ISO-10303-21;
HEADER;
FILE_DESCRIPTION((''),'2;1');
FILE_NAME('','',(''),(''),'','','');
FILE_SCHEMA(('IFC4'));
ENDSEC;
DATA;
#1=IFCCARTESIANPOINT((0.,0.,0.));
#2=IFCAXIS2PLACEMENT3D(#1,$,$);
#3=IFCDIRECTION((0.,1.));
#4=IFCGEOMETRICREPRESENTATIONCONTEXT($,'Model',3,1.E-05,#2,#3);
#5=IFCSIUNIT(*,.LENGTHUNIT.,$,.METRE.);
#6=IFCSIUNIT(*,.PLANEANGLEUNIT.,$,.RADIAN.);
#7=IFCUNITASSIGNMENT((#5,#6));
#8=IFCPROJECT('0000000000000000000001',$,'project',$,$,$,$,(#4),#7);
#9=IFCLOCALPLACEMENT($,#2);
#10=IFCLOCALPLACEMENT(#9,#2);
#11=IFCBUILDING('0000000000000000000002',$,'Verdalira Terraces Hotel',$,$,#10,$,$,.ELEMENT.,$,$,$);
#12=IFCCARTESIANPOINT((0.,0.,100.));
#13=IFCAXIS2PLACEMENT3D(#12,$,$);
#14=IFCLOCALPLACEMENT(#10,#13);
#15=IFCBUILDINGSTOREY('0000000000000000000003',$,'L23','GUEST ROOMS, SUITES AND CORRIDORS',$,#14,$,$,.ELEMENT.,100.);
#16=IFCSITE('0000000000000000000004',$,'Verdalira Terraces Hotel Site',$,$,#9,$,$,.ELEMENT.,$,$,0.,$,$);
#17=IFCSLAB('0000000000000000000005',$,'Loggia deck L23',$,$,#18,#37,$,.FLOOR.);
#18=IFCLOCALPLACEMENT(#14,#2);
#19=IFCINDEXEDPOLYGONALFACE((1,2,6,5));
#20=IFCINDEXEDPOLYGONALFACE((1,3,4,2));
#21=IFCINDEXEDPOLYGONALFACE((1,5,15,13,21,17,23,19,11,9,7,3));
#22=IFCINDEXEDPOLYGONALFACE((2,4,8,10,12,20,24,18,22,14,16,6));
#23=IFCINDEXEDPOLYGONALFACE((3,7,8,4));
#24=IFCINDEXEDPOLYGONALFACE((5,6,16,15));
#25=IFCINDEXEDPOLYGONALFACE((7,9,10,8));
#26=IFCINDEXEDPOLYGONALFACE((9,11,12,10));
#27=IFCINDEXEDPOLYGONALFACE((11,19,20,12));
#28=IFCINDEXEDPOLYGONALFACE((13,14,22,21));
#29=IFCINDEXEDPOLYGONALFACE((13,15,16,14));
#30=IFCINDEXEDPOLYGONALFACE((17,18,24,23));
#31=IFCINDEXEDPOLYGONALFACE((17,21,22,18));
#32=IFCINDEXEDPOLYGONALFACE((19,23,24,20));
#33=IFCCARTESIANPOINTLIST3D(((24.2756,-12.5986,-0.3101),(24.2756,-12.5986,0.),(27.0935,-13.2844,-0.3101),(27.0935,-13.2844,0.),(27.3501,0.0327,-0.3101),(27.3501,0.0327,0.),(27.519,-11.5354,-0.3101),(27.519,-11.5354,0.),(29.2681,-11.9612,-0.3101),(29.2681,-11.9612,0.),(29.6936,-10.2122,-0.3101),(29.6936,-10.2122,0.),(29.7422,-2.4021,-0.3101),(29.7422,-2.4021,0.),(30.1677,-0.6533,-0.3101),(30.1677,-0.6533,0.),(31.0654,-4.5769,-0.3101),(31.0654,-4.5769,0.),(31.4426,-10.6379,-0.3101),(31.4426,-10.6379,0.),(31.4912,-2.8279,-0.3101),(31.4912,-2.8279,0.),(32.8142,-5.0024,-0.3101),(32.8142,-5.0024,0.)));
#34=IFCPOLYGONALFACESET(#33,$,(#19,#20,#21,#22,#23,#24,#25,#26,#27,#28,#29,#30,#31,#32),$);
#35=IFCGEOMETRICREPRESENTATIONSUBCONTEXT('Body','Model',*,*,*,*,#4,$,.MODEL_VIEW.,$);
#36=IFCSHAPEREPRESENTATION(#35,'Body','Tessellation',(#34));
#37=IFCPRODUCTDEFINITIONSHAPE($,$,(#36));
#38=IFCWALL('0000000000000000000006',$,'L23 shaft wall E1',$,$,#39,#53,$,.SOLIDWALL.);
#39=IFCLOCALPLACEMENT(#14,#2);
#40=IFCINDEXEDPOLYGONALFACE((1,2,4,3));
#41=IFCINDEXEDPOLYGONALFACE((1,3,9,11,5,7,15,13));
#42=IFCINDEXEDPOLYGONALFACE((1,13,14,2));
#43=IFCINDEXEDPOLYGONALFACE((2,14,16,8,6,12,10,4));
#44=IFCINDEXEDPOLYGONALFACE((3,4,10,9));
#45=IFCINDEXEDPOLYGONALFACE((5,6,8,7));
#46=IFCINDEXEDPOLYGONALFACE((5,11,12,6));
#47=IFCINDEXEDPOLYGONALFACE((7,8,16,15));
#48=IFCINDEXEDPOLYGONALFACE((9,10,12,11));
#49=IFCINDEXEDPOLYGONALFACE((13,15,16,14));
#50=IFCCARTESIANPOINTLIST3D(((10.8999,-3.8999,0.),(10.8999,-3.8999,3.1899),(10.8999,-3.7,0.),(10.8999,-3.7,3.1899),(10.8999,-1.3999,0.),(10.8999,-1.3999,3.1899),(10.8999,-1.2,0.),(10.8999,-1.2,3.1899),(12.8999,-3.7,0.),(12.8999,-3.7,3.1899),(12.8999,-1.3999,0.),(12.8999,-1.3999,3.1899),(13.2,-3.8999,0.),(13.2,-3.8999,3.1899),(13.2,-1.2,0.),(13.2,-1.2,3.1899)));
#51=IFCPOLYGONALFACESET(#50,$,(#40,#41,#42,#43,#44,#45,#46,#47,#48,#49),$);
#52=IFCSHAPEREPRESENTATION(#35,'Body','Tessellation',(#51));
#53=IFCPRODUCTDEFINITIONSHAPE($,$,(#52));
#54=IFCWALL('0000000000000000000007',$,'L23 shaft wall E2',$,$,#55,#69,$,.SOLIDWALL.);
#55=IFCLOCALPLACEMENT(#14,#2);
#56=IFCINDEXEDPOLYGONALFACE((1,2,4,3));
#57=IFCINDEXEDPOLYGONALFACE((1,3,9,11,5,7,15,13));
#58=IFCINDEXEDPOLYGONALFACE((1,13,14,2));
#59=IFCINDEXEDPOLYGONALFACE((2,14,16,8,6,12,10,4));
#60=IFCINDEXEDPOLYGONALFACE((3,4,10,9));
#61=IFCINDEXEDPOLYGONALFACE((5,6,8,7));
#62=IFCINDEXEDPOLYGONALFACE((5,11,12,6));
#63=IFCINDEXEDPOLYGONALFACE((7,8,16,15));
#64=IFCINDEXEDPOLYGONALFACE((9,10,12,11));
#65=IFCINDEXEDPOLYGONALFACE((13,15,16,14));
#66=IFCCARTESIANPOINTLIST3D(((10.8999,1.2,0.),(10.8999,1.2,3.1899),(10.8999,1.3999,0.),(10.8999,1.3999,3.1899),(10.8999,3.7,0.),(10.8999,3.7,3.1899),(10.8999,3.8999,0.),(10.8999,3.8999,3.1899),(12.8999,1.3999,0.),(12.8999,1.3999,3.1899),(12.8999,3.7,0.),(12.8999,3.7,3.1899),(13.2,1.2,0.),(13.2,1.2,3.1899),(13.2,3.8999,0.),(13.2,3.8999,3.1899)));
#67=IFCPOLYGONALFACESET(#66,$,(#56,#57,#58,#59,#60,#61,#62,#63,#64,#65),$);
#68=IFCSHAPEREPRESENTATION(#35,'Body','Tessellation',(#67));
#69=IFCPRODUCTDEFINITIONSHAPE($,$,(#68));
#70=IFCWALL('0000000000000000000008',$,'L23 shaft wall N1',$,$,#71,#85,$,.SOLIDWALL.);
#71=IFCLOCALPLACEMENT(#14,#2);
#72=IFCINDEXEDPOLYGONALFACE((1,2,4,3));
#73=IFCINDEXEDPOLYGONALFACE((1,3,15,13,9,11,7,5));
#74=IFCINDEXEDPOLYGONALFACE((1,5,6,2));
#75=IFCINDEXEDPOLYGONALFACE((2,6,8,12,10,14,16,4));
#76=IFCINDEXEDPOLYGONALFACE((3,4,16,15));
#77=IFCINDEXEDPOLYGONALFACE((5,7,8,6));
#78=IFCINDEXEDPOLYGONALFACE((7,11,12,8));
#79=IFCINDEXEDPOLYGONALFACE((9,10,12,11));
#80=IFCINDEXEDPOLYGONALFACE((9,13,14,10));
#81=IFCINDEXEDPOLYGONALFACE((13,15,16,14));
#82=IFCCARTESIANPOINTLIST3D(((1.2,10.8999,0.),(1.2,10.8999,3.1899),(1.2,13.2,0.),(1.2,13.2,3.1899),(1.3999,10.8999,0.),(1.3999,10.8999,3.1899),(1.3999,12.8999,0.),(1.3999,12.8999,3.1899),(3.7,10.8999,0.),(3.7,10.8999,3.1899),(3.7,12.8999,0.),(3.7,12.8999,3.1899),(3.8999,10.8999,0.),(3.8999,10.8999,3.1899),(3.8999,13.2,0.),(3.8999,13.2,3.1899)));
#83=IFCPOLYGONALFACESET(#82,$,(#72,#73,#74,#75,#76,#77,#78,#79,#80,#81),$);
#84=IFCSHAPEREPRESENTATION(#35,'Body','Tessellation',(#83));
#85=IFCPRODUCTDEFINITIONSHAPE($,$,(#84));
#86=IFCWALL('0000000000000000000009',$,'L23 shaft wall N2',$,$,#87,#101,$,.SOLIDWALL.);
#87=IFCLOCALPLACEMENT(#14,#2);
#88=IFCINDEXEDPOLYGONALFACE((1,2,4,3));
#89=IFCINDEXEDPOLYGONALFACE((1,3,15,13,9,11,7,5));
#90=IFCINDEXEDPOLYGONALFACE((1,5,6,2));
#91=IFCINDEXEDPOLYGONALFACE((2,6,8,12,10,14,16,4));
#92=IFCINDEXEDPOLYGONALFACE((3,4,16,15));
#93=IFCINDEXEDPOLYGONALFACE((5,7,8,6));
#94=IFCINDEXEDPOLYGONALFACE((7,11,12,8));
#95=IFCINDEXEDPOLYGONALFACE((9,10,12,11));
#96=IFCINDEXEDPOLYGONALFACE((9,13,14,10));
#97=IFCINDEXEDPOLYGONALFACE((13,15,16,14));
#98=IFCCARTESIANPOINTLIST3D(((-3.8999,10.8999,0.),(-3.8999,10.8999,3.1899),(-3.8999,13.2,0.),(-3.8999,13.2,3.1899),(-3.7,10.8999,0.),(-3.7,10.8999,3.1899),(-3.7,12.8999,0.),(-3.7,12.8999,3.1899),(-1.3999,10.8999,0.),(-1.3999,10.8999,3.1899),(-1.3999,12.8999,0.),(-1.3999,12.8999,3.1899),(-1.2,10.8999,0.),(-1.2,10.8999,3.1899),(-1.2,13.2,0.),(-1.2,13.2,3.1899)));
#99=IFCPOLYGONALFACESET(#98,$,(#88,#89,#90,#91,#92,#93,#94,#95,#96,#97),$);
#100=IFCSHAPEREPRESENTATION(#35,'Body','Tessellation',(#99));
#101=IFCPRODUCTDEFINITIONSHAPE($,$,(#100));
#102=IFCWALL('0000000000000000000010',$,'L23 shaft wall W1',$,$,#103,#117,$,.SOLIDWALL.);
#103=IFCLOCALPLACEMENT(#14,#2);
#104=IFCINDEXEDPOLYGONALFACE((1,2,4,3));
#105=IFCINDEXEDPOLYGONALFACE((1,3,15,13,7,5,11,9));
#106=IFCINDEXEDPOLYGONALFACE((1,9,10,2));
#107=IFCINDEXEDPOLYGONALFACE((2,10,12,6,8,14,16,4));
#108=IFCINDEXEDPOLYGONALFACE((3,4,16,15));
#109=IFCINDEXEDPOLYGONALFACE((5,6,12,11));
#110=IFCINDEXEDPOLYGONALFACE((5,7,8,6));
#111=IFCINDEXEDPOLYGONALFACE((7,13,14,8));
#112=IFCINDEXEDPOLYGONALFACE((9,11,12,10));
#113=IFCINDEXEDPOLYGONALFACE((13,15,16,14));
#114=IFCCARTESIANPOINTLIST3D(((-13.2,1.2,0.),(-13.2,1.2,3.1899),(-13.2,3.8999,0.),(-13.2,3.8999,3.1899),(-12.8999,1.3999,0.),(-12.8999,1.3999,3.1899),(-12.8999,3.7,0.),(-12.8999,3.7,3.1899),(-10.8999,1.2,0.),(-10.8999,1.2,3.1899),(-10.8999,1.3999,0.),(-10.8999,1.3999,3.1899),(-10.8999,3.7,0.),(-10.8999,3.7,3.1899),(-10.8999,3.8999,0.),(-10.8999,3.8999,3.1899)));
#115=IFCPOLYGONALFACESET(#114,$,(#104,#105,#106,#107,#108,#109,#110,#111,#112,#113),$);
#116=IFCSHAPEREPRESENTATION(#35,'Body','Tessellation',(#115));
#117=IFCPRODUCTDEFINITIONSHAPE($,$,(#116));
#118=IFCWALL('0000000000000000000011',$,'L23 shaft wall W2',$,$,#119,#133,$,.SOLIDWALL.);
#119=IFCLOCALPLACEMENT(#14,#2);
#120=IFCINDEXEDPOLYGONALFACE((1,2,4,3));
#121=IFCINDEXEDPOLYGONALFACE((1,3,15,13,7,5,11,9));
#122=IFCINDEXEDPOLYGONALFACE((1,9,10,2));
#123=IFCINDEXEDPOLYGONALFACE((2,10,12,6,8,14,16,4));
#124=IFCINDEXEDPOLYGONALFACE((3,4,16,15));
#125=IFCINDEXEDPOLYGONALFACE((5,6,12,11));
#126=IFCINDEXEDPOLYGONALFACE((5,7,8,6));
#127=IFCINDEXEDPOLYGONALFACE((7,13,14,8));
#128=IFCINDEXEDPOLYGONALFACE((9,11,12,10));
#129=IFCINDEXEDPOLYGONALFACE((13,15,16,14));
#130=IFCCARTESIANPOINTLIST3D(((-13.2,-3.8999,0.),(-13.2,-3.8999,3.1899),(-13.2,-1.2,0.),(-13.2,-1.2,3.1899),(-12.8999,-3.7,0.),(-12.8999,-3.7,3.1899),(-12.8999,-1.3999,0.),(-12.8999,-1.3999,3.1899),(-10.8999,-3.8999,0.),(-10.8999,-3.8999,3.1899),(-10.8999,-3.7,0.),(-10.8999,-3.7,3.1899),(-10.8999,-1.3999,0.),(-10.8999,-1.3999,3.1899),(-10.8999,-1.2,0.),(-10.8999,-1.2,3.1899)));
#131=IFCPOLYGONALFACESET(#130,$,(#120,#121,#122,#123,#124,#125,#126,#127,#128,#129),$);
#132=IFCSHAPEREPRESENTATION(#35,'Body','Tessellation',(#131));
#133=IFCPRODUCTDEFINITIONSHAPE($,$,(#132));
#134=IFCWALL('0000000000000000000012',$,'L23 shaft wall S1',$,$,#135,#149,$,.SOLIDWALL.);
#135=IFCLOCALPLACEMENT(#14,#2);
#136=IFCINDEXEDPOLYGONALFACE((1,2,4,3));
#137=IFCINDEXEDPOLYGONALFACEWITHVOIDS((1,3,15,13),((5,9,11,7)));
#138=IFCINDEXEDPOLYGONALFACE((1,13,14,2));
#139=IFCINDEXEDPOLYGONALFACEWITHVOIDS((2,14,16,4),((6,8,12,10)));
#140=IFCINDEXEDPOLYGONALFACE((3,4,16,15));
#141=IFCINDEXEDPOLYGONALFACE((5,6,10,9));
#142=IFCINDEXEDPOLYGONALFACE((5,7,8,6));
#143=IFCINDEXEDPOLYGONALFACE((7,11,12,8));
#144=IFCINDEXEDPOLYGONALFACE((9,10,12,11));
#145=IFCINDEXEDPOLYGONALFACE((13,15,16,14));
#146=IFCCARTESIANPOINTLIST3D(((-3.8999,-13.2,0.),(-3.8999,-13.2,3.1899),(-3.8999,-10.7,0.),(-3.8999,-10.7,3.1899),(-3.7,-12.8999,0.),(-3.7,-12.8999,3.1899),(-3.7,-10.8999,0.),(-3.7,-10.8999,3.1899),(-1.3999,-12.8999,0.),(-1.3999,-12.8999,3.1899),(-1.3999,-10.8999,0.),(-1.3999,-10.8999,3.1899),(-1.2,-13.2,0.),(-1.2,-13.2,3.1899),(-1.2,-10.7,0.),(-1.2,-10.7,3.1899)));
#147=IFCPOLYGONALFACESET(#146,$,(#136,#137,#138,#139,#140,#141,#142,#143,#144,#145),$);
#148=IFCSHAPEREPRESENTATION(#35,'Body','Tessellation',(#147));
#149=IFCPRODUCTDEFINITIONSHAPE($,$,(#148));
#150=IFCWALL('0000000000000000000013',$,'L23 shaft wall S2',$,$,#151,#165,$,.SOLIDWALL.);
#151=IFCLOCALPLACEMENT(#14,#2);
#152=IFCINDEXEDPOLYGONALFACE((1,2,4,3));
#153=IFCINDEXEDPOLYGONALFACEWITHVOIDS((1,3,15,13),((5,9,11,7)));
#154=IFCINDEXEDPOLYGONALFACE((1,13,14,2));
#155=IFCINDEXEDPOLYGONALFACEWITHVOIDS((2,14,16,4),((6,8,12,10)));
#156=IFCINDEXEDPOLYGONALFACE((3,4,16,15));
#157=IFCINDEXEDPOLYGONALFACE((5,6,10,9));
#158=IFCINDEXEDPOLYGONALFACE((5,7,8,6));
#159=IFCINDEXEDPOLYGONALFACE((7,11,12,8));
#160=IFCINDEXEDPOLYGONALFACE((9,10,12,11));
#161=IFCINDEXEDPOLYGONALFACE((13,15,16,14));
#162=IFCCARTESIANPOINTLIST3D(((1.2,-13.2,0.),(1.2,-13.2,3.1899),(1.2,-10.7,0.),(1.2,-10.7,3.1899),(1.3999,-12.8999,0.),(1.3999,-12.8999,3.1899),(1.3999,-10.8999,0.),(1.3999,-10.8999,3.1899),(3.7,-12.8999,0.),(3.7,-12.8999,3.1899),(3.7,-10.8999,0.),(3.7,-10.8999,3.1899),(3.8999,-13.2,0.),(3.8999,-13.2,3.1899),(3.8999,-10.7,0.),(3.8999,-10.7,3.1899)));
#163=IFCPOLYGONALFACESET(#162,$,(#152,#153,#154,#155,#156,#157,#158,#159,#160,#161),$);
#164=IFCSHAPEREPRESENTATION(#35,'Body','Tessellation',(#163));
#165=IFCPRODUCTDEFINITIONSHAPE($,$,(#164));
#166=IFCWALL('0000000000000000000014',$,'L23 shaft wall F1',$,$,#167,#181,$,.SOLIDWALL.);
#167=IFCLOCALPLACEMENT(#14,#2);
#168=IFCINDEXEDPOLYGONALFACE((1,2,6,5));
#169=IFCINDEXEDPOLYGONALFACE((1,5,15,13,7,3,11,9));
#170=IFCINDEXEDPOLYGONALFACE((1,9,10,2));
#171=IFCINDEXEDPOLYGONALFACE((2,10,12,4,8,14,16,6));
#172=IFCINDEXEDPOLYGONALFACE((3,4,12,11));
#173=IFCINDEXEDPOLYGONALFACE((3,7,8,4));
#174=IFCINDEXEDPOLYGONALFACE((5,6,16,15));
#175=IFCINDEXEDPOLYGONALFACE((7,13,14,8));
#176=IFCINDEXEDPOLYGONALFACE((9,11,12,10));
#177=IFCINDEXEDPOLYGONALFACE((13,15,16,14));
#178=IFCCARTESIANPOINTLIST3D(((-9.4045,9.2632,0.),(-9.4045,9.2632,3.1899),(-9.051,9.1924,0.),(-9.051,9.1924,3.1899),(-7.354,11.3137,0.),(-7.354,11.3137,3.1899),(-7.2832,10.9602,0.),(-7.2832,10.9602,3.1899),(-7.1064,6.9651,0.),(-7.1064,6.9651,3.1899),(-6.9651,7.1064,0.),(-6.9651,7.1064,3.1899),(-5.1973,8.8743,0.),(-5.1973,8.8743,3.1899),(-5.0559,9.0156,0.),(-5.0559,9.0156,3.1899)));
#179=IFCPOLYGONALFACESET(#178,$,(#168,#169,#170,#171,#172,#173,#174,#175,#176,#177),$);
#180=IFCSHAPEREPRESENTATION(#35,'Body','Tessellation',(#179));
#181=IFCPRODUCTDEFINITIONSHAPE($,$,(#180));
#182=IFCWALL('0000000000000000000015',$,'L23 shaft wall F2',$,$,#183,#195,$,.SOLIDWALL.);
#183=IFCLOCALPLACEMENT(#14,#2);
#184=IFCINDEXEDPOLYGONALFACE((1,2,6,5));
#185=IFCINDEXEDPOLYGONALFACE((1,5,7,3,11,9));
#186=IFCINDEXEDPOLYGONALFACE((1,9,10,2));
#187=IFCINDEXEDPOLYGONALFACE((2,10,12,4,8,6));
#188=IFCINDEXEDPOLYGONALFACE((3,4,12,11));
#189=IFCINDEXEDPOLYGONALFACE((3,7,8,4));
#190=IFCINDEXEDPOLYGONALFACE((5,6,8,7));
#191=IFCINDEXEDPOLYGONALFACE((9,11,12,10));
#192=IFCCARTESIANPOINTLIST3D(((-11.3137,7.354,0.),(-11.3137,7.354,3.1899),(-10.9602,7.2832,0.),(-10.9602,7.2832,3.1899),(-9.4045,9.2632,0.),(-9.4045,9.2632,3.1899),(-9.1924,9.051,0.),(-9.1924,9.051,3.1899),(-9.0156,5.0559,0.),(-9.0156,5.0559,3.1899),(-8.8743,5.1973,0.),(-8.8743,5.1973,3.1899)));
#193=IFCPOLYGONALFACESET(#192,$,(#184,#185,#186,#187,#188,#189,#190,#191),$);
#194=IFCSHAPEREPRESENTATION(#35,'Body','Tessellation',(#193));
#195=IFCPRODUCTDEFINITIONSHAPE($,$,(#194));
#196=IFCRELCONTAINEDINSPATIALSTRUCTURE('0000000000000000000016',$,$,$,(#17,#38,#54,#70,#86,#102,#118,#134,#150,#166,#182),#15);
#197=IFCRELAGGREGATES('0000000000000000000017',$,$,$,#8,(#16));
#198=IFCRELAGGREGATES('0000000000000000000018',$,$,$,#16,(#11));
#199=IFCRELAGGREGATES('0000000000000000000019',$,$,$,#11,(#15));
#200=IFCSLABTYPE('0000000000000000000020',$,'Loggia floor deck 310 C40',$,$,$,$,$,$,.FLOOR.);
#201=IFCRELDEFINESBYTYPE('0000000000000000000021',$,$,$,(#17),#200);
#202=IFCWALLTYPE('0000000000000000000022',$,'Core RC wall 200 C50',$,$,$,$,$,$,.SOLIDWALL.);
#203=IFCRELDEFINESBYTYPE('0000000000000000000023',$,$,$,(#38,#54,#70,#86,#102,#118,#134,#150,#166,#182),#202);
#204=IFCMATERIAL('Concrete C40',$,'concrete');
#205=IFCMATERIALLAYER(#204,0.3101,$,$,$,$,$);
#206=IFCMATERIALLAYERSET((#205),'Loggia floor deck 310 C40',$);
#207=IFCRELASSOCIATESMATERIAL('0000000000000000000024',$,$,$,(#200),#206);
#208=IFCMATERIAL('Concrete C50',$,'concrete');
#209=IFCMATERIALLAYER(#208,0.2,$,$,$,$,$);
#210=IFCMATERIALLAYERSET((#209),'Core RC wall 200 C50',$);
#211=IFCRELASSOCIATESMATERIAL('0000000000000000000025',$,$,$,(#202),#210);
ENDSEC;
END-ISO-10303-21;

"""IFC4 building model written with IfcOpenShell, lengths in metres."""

from ifc_helpers import new_model, si_unit, direction, frame, origin, place, context, subcontext, project, spatial, polyline, outline, extrude, material, layer, layer_set, type_object, element, save


model = new_model("IFC4")

# Units and contexts
model_context = context("Model", 3, precision=1e-05, world=origin(), true_north=direction((0.0, 1.0)))
body_context = subcontext(model_context, "Body", "Model", "MODEL_VIEW")
ifc_project = project(units=[si_unit("LENGTHUNIT", "METRE"), si_unit("PLANEANGLEUNIT", "RADIAN")], contexts=[model_context])

# Site, building, storey
site_placement = place(None, origin())
site = spatial("IfcSite", under=ifc_project, at=site_placement, Name="Verdalira Terraces Hotel Site", CompositionType="ELEMENT", RefElevation=0.0)
building_placement = place(site_placement, origin())
building = spatial("IfcBuilding", under=site, at=building_placement, Name="Verdalira Terraces Hotel", CompositionType="ELEMENT")
storey_placement = place(building_placement, frame((0.0, 0.0, 100.0)))
storey = spatial("IfcBuildingStorey", under=building, at=storey_placement, Name="L23", Description="GUEST ROOMS, SUITES AND CORRIDORS", CompositionType="ELEMENT", Elevation=100.0)

# Slab
ifc_material_1 = material(Name="Concrete C40", Category="concrete")
ifc_layer_1 = layer(ifc_material_1, 0.3101)
ifc_layer_set_1 = layer_set([ifc_layer_1], Name="Loggia floor deck 310 C40")
slab_type_1 = type_object("IfcSlabType", Name="Loggia floor deck 310 C40", PredefinedType="FLOOR", material=ifc_layer_set_1)
slab_1_placement = place(storey_placement, frame((0.0, 0.0, -0.3101)))
element("IfcSlab", 1, at=slab_1_placement, inside=storey, type_object=slab_type_1, Name="Loggia deck L23", PredefinedType="FLOOR", context=body_context, shape_type="SweptSolid", body=[
    extrude(outline(polyline([(30.1677, -0.6533), (27.3501, 0.0327), (24.2756, -12.5986), (27.0935, -13.2844), (27.519, -11.5354), (29.2681, -11.9612), (29.6936, -10.2122), (31.4426, -10.6379), (32.8142, -5.0024), (31.0654, -4.5769), (31.4912, -2.8279), (29.7422, -2.4021), (30.1677, -0.6533)])), origin(), (0.0, 0.0, 1.0), 0.3101),
])

# Walls
ifc_material_2 = material(Name="Concrete C50", Category="concrete")
ifc_layer_2 = layer(ifc_material_2, 0.2)
ifc_layer_set_2 = layer_set([ifc_layer_2], Name="Core RC wall 200 C50")
wall_type = type_object("IfcWallType", Name="Core RC wall 200 C50", PredefinedType="SOLIDWALL", material=ifc_layer_set_2)
wall_1_placement = place(storey_placement, origin())
element("IfcWall", 2, at=wall_1_placement, inside=storey, type_object=wall_type, Name="L23 shaft wall E1", PredefinedType="SOLIDWALL", context=body_context, shape_type="SweptSolid", body=[
    extrude(outline(polyline([(13.2, -3.8999), (10.8999, -3.8999), (10.8999, -3.7), (12.8999, -3.7), (12.8999, -1.3999), (10.8999, -1.3999), (10.8999, -1.2), (13.2, -1.2), (13.2, -3.8999)])), origin(), (0.0, 0.0, 1.0), 3.1899),
])
wall_2_placement = place(storey_placement, origin())
element("IfcWall", 3, at=wall_2_placement, inside=storey, type_object=wall_type, Name="L23 shaft wall E2", PredefinedType="SOLIDWALL", context=body_context, shape_type="SweptSolid", body=[
    extrude(outline(polyline([(13.2, 3.8999), (13.2, 1.2), (10.8999, 1.2), (10.8999, 1.3999), (12.8999, 1.3999), (12.8999, 3.7), (10.8999, 3.7), (10.8999, 3.8999), (13.2, 3.8999)])), origin(), (0.0, 0.0, 1.0), 3.1899),
])
wall_3_placement = place(storey_placement, origin())
element("IfcWall", 4, at=wall_3_placement, inside=storey, type_object=wall_type, Name="L23 shaft wall N1", PredefinedType="SOLIDWALL", context=body_context, shape_type="SweptSolid", body=[
    extrude(outline(polyline([(3.8999, 13.2), (3.8999, 10.8999), (3.7, 10.8999), (3.7, 12.8999), (1.3999, 12.8999), (1.3999, 10.8999), (1.2, 10.8999), (1.2, 13.2), (3.8999, 13.2)])), origin(), (0.0, 0.0, 1.0), 3.1899),
])
wall_4_placement = place(storey_placement, origin())
element("IfcWall", 5, at=wall_4_placement, inside=storey, type_object=wall_type, Name="L23 shaft wall N2", PredefinedType="SOLIDWALL", context=body_context, shape_type="SweptSolid", body=[
    extrude(outline(polyline([(-3.8999, 10.8999), (-3.8999, 13.2), (-1.2, 13.2), (-1.2, 10.8999), (-1.3999, 10.8999), (-1.3999, 12.8999), (-3.7, 12.8999), (-3.7, 10.8999), (-3.8999, 10.8999)])), origin(), (0.0, 0.0, 1.0), 3.1899),
])
wall_5_placement = place(storey_placement, origin())
element("IfcWall", 6, at=wall_5_placement, inside=storey, type_object=wall_type, Name="L23 shaft wall W1", PredefinedType="SOLIDWALL", context=body_context, shape_type="SweptSolid", body=[
    extrude(outline(polyline([(-13.2, 3.8999), (-10.8999, 3.8999), (-10.8999, 3.7), (-12.8999, 3.7), (-12.8999, 1.3999), (-10.8999, 1.3999), (-10.8999, 1.2), (-13.2, 1.2), (-13.2, 3.8999)])), origin(), (0.0, 0.0, 1.0), 3.1899),
])
wall_6_placement = place(storey_placement, origin())
element("IfcWall", 7, at=wall_6_placement, inside=storey, type_object=wall_type, Name="L23 shaft wall W2", PredefinedType="SOLIDWALL", context=body_context, shape_type="SweptSolid", body=[
    extrude(outline(polyline([(-13.2, -3.8999), (-13.2, -1.2), (-10.8999, -1.2), (-10.8999, -1.3999), (-12.8999, -1.3999), (-12.8999, -3.7), (-10.8999, -3.7), (-10.8999, -3.8999), (-13.2, -3.8999)])), origin(), (0.0, 0.0, 1.0), 3.1899),
])
wall_7_placement = place(storey_placement, origin())
element("IfcWall", 8, at=wall_7_placement, inside=storey, type_object=wall_type, Name="L23 shaft wall S1", PredefinedType="SOLIDWALL", context=body_context, shape_type="SweptSolid", body=[
    extrude(outline(polyline([(-1.2, -13.2), (-3.8999, -13.2), (-3.8999, -10.7), (-1.2, -10.7), (-1.2, -13.2)]), holes=[polyline([(-3.7, -10.8999), (-3.7, -12.8999), (-1.3999, -12.8999), (-1.3999, -10.8999), (-3.7, -10.8999)])]), origin(), (0.0, 0.0, 1.0), 3.1899),
])
wall_8_placement = place(storey_placement, origin())
element("IfcWall", 9, at=wall_8_placement, inside=storey, type_object=wall_type, Name="L23 shaft wall S2", PredefinedType="SOLIDWALL", context=body_context, shape_type="SweptSolid", body=[
    extrude(outline(polyline([(3.8999, -10.7), (3.8999, -13.2), (1.2, -13.2), (1.2, -10.7), (3.8999, -10.7)]), holes=[polyline([(1.3999, -12.8999), (3.7, -12.8999), (3.7, -10.8999), (1.3999, -10.8999), (1.3999, -12.8999)])]), origin(), (0.0, 0.0, 1.0), 3.1899),
])
wall_9_placement = place(storey_placement, origin())
element("IfcWall", 10, at=wall_9_placement, inside=storey, type_object=wall_type, Name="L23 shaft wall F1", PredefinedType="SOLIDWALL", context=body_context, shape_type="SweptSolid", body=[
    extrude(outline(polyline([(-9.4045, 9.2632), (-7.354, 11.3137), (-5.0559, 9.0156), (-5.1973, 8.8743), (-7.2832, 10.9602), (-9.051, 9.1924), (-6.9651, 7.1064), (-7.1064, 6.9651), (-9.4045, 9.2632)])), origin(), (0.0, 0.0, 1.0), 3.1899),
])
wall_10_placement = place(storey_placement, origin())
element("IfcWall", 11, at=wall_10_placement, inside=storey, type_object=wall_type, Name="L23 shaft wall F2", PredefinedType="SOLIDWALL", context=body_context, shape_type="SweptSolid", body=[
    extrude(outline(polyline([(-11.3137, 7.354), (-9.4045, 9.2632), (-9.1924, 9.051), (-10.9602, 7.2832), (-8.8743, 5.1973), (-9.0156, 5.0559), (-11.3137, 7.354)])), origin(), (0.0, 0.0, 1.0), 3.1899),
])

save(model, "model.ifc")
